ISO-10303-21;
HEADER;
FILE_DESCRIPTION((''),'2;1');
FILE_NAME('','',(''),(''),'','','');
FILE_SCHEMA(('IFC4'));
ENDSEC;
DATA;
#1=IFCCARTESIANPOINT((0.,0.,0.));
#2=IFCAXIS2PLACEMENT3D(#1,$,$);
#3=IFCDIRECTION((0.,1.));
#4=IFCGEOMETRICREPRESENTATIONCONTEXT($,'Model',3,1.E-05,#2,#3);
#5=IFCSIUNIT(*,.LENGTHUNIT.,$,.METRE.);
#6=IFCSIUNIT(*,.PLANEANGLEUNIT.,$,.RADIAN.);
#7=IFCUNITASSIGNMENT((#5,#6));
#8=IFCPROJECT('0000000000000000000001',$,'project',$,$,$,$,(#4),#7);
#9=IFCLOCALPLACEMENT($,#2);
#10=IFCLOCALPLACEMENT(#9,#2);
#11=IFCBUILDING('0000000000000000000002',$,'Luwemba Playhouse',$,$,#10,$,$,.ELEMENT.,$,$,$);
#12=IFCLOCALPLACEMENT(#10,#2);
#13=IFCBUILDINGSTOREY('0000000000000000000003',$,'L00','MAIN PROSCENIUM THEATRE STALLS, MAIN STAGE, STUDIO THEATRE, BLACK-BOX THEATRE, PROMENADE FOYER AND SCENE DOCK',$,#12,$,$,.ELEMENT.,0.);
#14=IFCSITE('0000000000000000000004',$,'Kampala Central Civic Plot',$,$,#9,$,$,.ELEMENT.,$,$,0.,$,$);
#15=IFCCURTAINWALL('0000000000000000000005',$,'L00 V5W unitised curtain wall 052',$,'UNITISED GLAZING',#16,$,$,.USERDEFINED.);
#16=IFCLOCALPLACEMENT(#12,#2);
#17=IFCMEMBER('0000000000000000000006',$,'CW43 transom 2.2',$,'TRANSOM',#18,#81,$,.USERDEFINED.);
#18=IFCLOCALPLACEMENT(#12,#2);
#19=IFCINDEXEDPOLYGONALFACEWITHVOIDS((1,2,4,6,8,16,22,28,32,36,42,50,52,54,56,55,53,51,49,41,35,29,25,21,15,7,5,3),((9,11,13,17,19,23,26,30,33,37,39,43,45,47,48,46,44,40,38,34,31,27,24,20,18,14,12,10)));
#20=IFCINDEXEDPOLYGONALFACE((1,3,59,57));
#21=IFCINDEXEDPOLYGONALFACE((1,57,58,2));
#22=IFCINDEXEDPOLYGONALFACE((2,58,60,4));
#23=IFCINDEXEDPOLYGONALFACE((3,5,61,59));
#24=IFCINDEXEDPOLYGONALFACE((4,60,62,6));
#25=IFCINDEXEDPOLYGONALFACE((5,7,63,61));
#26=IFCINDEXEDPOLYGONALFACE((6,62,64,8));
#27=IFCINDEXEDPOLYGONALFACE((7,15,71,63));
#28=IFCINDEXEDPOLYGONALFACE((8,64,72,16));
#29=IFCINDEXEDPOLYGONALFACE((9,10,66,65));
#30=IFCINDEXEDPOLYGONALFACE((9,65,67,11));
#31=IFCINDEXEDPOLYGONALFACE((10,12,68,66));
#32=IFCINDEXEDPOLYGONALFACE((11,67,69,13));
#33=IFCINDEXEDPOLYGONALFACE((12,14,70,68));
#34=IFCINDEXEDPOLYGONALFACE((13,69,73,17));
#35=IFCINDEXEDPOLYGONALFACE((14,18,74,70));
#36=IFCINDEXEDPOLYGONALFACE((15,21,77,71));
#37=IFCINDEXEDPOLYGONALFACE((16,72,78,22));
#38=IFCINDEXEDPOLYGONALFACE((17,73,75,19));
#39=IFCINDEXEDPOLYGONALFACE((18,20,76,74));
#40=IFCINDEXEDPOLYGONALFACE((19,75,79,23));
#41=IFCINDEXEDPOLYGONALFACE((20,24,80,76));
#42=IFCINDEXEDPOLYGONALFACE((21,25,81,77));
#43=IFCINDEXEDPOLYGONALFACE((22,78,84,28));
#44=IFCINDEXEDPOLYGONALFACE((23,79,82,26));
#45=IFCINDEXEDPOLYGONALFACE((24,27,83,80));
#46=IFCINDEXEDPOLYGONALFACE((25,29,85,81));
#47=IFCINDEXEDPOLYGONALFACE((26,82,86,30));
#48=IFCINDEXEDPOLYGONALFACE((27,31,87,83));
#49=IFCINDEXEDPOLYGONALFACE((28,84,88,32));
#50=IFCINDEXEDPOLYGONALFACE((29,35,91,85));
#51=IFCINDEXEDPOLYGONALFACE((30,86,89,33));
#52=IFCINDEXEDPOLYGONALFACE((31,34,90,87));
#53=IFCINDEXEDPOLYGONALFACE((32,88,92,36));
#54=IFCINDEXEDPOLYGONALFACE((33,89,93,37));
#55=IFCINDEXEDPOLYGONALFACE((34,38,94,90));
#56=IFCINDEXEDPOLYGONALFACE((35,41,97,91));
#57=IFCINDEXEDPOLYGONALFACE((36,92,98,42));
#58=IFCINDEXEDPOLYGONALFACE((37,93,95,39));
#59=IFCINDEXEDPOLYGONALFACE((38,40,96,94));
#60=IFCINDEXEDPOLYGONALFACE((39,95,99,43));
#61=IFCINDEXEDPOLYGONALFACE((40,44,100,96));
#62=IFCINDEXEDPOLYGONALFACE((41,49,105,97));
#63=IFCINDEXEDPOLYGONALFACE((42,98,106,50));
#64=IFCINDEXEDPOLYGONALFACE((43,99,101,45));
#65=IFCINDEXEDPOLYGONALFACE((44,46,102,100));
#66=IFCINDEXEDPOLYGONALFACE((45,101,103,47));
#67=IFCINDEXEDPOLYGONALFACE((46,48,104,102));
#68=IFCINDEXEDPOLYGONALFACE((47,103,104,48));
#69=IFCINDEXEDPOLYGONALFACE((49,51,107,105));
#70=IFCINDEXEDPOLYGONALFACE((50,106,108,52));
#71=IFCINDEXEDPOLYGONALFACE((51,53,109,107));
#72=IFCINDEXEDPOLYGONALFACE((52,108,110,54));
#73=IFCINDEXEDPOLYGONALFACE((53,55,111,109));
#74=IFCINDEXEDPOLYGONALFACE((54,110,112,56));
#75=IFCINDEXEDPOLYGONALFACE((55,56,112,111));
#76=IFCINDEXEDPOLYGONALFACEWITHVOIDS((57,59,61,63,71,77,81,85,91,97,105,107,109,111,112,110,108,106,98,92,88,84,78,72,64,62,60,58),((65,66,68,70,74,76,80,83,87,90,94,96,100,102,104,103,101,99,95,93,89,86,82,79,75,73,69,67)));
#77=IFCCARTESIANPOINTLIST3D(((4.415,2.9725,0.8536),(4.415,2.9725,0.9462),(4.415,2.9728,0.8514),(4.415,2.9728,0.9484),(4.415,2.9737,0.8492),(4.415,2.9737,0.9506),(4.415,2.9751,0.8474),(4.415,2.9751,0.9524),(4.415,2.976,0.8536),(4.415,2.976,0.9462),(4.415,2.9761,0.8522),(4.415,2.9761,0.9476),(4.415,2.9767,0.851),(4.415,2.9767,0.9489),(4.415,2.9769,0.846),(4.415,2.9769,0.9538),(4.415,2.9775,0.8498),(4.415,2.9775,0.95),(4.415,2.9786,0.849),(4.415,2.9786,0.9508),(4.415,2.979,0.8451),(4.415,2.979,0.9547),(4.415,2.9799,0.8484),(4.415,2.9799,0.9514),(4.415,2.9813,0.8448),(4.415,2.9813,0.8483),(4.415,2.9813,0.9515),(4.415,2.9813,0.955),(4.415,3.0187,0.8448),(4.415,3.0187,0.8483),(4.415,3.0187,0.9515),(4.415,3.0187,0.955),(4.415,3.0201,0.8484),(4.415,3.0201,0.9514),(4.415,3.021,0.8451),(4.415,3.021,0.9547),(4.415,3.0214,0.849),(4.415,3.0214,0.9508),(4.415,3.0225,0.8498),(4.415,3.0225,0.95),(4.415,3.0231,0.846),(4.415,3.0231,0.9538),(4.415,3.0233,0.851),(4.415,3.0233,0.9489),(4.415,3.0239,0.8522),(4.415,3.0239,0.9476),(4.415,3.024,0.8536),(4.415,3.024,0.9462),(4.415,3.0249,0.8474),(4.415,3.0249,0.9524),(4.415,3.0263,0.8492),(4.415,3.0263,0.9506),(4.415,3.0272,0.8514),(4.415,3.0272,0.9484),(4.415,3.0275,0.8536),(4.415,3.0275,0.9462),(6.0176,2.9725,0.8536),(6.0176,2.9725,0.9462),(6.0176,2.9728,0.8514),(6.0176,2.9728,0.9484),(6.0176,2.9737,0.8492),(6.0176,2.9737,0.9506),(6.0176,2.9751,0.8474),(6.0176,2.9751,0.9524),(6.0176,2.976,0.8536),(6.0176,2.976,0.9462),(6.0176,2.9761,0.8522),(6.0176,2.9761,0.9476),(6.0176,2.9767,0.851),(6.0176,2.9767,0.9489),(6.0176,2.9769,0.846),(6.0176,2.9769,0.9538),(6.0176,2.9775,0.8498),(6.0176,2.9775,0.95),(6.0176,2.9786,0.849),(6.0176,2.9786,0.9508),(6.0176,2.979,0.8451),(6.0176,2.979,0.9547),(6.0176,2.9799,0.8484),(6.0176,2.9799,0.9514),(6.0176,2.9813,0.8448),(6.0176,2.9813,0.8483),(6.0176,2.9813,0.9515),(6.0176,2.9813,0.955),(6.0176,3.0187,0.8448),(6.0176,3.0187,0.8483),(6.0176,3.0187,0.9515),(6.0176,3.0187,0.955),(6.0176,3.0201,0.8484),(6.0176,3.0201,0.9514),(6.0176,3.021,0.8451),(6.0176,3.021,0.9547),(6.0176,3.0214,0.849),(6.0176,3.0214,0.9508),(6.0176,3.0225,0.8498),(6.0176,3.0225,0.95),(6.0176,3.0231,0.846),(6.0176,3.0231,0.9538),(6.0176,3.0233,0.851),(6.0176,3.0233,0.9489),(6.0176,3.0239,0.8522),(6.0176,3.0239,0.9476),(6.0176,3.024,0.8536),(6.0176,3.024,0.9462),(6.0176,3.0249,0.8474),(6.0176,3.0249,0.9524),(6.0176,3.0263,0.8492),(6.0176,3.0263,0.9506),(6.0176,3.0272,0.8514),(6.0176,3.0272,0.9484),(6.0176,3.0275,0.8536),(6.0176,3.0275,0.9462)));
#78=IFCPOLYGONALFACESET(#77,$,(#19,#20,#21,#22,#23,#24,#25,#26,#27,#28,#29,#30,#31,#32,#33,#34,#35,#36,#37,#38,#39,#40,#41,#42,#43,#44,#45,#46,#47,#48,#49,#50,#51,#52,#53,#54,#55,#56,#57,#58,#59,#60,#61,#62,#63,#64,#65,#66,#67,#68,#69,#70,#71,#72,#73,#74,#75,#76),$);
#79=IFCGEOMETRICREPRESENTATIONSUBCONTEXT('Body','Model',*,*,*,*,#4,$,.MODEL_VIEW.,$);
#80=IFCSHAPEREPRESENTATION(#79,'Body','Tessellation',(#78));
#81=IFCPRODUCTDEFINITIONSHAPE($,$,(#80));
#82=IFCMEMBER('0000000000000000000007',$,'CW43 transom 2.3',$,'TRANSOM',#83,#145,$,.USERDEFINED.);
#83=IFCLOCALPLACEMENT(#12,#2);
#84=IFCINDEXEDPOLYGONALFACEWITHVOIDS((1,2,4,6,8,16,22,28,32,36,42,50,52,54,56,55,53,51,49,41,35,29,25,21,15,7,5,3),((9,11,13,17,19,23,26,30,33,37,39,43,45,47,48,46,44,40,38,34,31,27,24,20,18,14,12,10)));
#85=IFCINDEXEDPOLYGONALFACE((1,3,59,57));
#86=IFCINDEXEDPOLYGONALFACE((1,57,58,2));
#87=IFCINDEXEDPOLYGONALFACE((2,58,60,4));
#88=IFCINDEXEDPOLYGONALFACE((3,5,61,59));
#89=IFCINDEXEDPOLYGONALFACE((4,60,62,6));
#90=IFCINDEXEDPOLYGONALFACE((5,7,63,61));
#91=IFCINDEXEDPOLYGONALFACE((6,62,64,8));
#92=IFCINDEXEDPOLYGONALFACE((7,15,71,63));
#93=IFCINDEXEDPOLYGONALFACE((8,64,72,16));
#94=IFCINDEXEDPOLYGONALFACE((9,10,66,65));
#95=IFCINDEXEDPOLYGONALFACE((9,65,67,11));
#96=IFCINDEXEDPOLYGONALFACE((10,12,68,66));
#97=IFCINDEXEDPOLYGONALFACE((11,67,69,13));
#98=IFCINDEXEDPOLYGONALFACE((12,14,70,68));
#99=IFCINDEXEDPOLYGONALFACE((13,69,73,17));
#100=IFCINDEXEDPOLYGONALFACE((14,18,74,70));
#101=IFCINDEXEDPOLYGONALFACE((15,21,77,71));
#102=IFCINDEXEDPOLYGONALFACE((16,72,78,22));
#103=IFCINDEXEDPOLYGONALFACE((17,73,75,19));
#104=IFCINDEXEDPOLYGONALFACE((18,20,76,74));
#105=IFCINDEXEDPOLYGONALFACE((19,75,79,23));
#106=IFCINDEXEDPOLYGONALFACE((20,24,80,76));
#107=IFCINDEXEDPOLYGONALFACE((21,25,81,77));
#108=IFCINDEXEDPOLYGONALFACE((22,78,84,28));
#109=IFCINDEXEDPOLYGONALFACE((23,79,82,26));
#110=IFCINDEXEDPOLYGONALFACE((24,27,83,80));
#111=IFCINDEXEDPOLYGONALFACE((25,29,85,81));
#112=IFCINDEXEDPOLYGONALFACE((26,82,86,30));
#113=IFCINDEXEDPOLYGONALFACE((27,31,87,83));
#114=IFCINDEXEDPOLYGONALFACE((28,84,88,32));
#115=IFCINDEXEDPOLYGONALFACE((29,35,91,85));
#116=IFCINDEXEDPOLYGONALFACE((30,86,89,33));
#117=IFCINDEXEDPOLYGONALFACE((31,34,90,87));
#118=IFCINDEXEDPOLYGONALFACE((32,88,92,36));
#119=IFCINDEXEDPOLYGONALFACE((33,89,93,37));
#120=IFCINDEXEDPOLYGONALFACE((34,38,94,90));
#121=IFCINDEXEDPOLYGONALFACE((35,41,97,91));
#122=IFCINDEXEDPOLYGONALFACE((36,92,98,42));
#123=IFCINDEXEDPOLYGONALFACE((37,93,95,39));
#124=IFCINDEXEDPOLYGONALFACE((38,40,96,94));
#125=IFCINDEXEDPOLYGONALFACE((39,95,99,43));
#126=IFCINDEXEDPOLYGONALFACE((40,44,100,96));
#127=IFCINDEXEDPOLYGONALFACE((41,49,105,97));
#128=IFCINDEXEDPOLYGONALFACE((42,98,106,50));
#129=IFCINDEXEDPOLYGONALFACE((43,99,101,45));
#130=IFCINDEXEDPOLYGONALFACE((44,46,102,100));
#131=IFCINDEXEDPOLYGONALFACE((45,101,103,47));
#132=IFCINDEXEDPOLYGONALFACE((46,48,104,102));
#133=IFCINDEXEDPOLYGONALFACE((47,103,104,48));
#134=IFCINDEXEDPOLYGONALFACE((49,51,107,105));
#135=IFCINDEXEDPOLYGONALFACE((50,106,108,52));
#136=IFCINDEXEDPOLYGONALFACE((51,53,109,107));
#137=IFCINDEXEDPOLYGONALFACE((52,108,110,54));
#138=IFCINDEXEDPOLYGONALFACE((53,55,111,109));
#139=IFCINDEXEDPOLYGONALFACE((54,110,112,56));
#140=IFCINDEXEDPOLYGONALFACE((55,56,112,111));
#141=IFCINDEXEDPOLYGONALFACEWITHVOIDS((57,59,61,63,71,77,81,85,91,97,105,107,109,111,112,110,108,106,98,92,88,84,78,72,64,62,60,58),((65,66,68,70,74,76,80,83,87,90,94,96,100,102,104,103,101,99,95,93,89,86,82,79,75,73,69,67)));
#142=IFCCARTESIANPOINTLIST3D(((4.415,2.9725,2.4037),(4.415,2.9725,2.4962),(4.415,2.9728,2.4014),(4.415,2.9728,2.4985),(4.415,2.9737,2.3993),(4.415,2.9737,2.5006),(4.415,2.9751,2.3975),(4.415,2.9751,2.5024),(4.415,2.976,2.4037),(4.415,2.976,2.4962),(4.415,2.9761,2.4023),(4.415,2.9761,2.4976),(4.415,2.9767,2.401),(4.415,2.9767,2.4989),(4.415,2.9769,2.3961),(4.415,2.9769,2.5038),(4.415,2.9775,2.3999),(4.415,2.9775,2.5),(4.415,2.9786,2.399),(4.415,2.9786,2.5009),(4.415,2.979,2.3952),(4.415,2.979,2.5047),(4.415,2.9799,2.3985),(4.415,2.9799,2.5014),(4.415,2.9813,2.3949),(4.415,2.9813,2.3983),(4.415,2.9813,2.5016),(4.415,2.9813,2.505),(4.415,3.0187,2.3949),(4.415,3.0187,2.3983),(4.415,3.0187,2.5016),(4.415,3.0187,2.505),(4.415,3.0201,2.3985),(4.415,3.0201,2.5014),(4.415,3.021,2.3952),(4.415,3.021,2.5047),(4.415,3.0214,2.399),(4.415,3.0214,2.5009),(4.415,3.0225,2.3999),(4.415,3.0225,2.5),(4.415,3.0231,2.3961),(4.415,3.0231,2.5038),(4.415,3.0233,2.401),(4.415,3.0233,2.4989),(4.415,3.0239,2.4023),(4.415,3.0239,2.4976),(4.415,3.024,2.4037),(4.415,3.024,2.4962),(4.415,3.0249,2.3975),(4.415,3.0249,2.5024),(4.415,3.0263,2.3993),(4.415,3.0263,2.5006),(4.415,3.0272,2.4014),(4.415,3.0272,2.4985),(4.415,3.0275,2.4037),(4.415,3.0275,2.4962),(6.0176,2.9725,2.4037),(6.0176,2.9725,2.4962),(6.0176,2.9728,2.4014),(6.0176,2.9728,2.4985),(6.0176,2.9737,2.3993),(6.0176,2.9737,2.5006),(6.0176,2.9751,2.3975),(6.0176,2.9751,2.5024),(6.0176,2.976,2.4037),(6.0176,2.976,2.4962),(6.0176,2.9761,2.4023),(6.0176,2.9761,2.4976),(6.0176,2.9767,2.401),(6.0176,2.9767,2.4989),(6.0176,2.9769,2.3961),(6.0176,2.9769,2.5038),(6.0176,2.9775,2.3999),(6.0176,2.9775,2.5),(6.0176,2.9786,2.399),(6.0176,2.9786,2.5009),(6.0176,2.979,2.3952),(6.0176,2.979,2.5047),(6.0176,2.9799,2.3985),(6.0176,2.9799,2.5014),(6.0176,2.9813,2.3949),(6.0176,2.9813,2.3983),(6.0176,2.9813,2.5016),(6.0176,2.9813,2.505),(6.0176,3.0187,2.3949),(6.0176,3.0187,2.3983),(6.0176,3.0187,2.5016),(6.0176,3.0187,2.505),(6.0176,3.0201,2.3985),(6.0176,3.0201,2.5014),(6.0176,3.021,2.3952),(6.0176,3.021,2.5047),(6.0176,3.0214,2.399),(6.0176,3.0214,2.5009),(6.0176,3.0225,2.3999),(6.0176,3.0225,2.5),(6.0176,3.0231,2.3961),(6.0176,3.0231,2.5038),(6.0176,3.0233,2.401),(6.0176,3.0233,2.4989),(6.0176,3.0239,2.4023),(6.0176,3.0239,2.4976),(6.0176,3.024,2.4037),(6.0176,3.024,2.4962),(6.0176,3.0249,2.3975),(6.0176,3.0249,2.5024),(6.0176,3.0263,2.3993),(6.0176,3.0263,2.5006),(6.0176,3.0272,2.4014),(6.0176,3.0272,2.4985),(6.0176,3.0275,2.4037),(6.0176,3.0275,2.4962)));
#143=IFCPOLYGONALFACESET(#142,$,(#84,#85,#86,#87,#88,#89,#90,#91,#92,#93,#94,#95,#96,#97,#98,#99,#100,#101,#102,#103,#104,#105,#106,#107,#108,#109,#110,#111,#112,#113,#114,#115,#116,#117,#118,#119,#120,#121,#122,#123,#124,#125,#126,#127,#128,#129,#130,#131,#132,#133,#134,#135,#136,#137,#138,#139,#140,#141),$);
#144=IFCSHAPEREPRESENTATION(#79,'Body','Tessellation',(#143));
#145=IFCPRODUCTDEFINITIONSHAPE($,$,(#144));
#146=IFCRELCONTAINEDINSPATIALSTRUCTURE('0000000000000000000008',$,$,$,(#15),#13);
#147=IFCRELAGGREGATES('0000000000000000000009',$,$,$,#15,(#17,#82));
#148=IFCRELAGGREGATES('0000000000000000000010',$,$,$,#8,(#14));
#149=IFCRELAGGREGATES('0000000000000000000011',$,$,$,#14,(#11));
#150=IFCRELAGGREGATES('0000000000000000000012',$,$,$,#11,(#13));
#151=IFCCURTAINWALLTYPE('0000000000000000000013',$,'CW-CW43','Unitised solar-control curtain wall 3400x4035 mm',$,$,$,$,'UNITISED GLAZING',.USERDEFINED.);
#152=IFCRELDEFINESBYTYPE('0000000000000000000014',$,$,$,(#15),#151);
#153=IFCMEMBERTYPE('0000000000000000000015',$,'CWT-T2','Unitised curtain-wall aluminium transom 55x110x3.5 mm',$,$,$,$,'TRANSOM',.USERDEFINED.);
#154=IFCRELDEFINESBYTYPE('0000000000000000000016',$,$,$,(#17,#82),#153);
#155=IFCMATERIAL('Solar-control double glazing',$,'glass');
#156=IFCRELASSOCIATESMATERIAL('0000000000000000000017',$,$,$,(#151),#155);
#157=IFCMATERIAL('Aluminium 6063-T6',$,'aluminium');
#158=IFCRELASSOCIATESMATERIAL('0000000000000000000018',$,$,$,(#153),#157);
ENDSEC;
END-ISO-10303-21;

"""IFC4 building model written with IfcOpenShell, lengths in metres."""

from ifc_helpers import new_model, si_unit, direction, frame, origin, origin_2d, place, context, subcontext, project, spatial, hollow_rectangle, extrude, material, material_profile, profile_set, type_object, element, aggregate, save


model = new_model("IFC4")

# Units and contexts
model_context = context("Model", 3, precision=1e-05, world=origin(), true_north=direction((0.0, 1.0)))
body_context = subcontext(model_context, "Body", "Model", "MODEL_VIEW")
ifc_project = project(units=[si_unit("LENGTHUNIT", "METRE"), si_unit("PLANEANGLEUNIT", "RADIAN")], contexts=[model_context])

# Site, building, storey
site_placement = place(None, origin())
site = spatial("IfcSite", under=ifc_project, at=site_placement, Name="Kampala Central Civic Plot", CompositionType="ELEMENT", RefElevation=0.0)
building_placement = place(site_placement, origin())
building = spatial("IfcBuilding", under=site, at=building_placement, Name="Luwemba Playhouse", CompositionType="ELEMENT")
storey_placement = place(building_placement, origin())
storey = spatial("IfcBuildingStorey", under=building, at=storey_placement, Name="L00", Description="MAIN PROSCENIUM THEATRE STALLS, MAIN STAGE, STUDIO THEATRE, BLACK-BOX THEATRE, PROMENADE FOYER AND SCENE DOCK", CompositionType="ELEMENT", Elevation=0.0)

# Curtain wall
ifc_material_1 = material(Name="Solar-control double glazing", Category="glass")
ifc_material_2 = material(Name="Aluminium 6063-T6", Category="aluminium")
curtain_wall_type_1 = type_object("IfcCurtainWallType", Name="CW-CW43", Description="Unitised solar-control curtain wall 3400x4035 mm", ElementType="UNITISED GLAZING", PredefinedType="USERDEFINED", material=ifc_material_1)
curtain_wall_1_placement = place(storey_placement, origin())
curtain_wall_1 = element("IfcCurtainWall", 1, at=curtain_wall_1_placement, inside=storey, type_object=curtain_wall_type_1, Name="L00 V5W unitised curtain wall 052", ObjectType="UNITISED GLAZING", PredefinedType="USERDEFINED")

# Members
ifc_material_profile_1 = material_profile(ifc_material_2, hollow_rectangle(XDim=0.0549, YDim=0.1101, WallThickness=0.0034, InnerFilletRadius=0.0054, OuterFilletRadius=0.0088, at=origin_2d()))
ifc_profile_set_1 = profile_set([ifc_material_profile_1], Name="Aluminium 6063-T6")
member_type_1 = type_object("IfcMemberType", Name="CWT-T2", Description="Unitised curtain-wall aluminium transom 55x110x3.5 mm", ElementType="TRANSOM", PredefinedType="USERDEFINED", material=ifc_profile_set_1)
member_1_placement = place(storey_placement, frame((6.0176, 3.0, 0.8999), z_axis=(-1.0, 0.0, 0.0), x_axis=(0.0, -1.0, 0.0)))
member_1 = element("IfcMember", 2, at=member_1_placement, type_object=member_type_1, Name="CW43 transom 2.2", ObjectType="TRANSOM", PredefinedType="USERDEFINED", context=body_context, shape_type="SweptSolid", body=[
    extrude(hollow_rectangle(XDim=0.0549, YDim=0.1101, WallThickness=0.0034, InnerFilletRadius=0.0054, OuterFilletRadius=0.0088, at=origin_2d()), origin(), (0.0, 0.0, 1.0), 1.6025),
])
member_2_placement = place(storey_placement, frame((6.0176, 3.0, 2.45), z_axis=(-1.0, 0.0, 0.0), x_axis=(0.0, -1.0, 0.0)))
member_2 = element("IfcMember", 3, at=member_2_placement, type_object=member_type_1, Name="CW43 transom 2.3", ObjectType="TRANSOM", PredefinedType="USERDEFINED", context=body_context, shape_type="SweptSolid", body=[
    extrude(hollow_rectangle(XDim=0.0549, YDim=0.1101, WallThickness=0.0034, InnerFilletRadius=0.0054, OuterFilletRadius=0.0088, at=origin_2d()), origin(), (0.0, 0.0, 1.0), 1.6025),
])

aggregate(curtain_wall_1, [member_1, member_2])

save(model, "model.ifc")
